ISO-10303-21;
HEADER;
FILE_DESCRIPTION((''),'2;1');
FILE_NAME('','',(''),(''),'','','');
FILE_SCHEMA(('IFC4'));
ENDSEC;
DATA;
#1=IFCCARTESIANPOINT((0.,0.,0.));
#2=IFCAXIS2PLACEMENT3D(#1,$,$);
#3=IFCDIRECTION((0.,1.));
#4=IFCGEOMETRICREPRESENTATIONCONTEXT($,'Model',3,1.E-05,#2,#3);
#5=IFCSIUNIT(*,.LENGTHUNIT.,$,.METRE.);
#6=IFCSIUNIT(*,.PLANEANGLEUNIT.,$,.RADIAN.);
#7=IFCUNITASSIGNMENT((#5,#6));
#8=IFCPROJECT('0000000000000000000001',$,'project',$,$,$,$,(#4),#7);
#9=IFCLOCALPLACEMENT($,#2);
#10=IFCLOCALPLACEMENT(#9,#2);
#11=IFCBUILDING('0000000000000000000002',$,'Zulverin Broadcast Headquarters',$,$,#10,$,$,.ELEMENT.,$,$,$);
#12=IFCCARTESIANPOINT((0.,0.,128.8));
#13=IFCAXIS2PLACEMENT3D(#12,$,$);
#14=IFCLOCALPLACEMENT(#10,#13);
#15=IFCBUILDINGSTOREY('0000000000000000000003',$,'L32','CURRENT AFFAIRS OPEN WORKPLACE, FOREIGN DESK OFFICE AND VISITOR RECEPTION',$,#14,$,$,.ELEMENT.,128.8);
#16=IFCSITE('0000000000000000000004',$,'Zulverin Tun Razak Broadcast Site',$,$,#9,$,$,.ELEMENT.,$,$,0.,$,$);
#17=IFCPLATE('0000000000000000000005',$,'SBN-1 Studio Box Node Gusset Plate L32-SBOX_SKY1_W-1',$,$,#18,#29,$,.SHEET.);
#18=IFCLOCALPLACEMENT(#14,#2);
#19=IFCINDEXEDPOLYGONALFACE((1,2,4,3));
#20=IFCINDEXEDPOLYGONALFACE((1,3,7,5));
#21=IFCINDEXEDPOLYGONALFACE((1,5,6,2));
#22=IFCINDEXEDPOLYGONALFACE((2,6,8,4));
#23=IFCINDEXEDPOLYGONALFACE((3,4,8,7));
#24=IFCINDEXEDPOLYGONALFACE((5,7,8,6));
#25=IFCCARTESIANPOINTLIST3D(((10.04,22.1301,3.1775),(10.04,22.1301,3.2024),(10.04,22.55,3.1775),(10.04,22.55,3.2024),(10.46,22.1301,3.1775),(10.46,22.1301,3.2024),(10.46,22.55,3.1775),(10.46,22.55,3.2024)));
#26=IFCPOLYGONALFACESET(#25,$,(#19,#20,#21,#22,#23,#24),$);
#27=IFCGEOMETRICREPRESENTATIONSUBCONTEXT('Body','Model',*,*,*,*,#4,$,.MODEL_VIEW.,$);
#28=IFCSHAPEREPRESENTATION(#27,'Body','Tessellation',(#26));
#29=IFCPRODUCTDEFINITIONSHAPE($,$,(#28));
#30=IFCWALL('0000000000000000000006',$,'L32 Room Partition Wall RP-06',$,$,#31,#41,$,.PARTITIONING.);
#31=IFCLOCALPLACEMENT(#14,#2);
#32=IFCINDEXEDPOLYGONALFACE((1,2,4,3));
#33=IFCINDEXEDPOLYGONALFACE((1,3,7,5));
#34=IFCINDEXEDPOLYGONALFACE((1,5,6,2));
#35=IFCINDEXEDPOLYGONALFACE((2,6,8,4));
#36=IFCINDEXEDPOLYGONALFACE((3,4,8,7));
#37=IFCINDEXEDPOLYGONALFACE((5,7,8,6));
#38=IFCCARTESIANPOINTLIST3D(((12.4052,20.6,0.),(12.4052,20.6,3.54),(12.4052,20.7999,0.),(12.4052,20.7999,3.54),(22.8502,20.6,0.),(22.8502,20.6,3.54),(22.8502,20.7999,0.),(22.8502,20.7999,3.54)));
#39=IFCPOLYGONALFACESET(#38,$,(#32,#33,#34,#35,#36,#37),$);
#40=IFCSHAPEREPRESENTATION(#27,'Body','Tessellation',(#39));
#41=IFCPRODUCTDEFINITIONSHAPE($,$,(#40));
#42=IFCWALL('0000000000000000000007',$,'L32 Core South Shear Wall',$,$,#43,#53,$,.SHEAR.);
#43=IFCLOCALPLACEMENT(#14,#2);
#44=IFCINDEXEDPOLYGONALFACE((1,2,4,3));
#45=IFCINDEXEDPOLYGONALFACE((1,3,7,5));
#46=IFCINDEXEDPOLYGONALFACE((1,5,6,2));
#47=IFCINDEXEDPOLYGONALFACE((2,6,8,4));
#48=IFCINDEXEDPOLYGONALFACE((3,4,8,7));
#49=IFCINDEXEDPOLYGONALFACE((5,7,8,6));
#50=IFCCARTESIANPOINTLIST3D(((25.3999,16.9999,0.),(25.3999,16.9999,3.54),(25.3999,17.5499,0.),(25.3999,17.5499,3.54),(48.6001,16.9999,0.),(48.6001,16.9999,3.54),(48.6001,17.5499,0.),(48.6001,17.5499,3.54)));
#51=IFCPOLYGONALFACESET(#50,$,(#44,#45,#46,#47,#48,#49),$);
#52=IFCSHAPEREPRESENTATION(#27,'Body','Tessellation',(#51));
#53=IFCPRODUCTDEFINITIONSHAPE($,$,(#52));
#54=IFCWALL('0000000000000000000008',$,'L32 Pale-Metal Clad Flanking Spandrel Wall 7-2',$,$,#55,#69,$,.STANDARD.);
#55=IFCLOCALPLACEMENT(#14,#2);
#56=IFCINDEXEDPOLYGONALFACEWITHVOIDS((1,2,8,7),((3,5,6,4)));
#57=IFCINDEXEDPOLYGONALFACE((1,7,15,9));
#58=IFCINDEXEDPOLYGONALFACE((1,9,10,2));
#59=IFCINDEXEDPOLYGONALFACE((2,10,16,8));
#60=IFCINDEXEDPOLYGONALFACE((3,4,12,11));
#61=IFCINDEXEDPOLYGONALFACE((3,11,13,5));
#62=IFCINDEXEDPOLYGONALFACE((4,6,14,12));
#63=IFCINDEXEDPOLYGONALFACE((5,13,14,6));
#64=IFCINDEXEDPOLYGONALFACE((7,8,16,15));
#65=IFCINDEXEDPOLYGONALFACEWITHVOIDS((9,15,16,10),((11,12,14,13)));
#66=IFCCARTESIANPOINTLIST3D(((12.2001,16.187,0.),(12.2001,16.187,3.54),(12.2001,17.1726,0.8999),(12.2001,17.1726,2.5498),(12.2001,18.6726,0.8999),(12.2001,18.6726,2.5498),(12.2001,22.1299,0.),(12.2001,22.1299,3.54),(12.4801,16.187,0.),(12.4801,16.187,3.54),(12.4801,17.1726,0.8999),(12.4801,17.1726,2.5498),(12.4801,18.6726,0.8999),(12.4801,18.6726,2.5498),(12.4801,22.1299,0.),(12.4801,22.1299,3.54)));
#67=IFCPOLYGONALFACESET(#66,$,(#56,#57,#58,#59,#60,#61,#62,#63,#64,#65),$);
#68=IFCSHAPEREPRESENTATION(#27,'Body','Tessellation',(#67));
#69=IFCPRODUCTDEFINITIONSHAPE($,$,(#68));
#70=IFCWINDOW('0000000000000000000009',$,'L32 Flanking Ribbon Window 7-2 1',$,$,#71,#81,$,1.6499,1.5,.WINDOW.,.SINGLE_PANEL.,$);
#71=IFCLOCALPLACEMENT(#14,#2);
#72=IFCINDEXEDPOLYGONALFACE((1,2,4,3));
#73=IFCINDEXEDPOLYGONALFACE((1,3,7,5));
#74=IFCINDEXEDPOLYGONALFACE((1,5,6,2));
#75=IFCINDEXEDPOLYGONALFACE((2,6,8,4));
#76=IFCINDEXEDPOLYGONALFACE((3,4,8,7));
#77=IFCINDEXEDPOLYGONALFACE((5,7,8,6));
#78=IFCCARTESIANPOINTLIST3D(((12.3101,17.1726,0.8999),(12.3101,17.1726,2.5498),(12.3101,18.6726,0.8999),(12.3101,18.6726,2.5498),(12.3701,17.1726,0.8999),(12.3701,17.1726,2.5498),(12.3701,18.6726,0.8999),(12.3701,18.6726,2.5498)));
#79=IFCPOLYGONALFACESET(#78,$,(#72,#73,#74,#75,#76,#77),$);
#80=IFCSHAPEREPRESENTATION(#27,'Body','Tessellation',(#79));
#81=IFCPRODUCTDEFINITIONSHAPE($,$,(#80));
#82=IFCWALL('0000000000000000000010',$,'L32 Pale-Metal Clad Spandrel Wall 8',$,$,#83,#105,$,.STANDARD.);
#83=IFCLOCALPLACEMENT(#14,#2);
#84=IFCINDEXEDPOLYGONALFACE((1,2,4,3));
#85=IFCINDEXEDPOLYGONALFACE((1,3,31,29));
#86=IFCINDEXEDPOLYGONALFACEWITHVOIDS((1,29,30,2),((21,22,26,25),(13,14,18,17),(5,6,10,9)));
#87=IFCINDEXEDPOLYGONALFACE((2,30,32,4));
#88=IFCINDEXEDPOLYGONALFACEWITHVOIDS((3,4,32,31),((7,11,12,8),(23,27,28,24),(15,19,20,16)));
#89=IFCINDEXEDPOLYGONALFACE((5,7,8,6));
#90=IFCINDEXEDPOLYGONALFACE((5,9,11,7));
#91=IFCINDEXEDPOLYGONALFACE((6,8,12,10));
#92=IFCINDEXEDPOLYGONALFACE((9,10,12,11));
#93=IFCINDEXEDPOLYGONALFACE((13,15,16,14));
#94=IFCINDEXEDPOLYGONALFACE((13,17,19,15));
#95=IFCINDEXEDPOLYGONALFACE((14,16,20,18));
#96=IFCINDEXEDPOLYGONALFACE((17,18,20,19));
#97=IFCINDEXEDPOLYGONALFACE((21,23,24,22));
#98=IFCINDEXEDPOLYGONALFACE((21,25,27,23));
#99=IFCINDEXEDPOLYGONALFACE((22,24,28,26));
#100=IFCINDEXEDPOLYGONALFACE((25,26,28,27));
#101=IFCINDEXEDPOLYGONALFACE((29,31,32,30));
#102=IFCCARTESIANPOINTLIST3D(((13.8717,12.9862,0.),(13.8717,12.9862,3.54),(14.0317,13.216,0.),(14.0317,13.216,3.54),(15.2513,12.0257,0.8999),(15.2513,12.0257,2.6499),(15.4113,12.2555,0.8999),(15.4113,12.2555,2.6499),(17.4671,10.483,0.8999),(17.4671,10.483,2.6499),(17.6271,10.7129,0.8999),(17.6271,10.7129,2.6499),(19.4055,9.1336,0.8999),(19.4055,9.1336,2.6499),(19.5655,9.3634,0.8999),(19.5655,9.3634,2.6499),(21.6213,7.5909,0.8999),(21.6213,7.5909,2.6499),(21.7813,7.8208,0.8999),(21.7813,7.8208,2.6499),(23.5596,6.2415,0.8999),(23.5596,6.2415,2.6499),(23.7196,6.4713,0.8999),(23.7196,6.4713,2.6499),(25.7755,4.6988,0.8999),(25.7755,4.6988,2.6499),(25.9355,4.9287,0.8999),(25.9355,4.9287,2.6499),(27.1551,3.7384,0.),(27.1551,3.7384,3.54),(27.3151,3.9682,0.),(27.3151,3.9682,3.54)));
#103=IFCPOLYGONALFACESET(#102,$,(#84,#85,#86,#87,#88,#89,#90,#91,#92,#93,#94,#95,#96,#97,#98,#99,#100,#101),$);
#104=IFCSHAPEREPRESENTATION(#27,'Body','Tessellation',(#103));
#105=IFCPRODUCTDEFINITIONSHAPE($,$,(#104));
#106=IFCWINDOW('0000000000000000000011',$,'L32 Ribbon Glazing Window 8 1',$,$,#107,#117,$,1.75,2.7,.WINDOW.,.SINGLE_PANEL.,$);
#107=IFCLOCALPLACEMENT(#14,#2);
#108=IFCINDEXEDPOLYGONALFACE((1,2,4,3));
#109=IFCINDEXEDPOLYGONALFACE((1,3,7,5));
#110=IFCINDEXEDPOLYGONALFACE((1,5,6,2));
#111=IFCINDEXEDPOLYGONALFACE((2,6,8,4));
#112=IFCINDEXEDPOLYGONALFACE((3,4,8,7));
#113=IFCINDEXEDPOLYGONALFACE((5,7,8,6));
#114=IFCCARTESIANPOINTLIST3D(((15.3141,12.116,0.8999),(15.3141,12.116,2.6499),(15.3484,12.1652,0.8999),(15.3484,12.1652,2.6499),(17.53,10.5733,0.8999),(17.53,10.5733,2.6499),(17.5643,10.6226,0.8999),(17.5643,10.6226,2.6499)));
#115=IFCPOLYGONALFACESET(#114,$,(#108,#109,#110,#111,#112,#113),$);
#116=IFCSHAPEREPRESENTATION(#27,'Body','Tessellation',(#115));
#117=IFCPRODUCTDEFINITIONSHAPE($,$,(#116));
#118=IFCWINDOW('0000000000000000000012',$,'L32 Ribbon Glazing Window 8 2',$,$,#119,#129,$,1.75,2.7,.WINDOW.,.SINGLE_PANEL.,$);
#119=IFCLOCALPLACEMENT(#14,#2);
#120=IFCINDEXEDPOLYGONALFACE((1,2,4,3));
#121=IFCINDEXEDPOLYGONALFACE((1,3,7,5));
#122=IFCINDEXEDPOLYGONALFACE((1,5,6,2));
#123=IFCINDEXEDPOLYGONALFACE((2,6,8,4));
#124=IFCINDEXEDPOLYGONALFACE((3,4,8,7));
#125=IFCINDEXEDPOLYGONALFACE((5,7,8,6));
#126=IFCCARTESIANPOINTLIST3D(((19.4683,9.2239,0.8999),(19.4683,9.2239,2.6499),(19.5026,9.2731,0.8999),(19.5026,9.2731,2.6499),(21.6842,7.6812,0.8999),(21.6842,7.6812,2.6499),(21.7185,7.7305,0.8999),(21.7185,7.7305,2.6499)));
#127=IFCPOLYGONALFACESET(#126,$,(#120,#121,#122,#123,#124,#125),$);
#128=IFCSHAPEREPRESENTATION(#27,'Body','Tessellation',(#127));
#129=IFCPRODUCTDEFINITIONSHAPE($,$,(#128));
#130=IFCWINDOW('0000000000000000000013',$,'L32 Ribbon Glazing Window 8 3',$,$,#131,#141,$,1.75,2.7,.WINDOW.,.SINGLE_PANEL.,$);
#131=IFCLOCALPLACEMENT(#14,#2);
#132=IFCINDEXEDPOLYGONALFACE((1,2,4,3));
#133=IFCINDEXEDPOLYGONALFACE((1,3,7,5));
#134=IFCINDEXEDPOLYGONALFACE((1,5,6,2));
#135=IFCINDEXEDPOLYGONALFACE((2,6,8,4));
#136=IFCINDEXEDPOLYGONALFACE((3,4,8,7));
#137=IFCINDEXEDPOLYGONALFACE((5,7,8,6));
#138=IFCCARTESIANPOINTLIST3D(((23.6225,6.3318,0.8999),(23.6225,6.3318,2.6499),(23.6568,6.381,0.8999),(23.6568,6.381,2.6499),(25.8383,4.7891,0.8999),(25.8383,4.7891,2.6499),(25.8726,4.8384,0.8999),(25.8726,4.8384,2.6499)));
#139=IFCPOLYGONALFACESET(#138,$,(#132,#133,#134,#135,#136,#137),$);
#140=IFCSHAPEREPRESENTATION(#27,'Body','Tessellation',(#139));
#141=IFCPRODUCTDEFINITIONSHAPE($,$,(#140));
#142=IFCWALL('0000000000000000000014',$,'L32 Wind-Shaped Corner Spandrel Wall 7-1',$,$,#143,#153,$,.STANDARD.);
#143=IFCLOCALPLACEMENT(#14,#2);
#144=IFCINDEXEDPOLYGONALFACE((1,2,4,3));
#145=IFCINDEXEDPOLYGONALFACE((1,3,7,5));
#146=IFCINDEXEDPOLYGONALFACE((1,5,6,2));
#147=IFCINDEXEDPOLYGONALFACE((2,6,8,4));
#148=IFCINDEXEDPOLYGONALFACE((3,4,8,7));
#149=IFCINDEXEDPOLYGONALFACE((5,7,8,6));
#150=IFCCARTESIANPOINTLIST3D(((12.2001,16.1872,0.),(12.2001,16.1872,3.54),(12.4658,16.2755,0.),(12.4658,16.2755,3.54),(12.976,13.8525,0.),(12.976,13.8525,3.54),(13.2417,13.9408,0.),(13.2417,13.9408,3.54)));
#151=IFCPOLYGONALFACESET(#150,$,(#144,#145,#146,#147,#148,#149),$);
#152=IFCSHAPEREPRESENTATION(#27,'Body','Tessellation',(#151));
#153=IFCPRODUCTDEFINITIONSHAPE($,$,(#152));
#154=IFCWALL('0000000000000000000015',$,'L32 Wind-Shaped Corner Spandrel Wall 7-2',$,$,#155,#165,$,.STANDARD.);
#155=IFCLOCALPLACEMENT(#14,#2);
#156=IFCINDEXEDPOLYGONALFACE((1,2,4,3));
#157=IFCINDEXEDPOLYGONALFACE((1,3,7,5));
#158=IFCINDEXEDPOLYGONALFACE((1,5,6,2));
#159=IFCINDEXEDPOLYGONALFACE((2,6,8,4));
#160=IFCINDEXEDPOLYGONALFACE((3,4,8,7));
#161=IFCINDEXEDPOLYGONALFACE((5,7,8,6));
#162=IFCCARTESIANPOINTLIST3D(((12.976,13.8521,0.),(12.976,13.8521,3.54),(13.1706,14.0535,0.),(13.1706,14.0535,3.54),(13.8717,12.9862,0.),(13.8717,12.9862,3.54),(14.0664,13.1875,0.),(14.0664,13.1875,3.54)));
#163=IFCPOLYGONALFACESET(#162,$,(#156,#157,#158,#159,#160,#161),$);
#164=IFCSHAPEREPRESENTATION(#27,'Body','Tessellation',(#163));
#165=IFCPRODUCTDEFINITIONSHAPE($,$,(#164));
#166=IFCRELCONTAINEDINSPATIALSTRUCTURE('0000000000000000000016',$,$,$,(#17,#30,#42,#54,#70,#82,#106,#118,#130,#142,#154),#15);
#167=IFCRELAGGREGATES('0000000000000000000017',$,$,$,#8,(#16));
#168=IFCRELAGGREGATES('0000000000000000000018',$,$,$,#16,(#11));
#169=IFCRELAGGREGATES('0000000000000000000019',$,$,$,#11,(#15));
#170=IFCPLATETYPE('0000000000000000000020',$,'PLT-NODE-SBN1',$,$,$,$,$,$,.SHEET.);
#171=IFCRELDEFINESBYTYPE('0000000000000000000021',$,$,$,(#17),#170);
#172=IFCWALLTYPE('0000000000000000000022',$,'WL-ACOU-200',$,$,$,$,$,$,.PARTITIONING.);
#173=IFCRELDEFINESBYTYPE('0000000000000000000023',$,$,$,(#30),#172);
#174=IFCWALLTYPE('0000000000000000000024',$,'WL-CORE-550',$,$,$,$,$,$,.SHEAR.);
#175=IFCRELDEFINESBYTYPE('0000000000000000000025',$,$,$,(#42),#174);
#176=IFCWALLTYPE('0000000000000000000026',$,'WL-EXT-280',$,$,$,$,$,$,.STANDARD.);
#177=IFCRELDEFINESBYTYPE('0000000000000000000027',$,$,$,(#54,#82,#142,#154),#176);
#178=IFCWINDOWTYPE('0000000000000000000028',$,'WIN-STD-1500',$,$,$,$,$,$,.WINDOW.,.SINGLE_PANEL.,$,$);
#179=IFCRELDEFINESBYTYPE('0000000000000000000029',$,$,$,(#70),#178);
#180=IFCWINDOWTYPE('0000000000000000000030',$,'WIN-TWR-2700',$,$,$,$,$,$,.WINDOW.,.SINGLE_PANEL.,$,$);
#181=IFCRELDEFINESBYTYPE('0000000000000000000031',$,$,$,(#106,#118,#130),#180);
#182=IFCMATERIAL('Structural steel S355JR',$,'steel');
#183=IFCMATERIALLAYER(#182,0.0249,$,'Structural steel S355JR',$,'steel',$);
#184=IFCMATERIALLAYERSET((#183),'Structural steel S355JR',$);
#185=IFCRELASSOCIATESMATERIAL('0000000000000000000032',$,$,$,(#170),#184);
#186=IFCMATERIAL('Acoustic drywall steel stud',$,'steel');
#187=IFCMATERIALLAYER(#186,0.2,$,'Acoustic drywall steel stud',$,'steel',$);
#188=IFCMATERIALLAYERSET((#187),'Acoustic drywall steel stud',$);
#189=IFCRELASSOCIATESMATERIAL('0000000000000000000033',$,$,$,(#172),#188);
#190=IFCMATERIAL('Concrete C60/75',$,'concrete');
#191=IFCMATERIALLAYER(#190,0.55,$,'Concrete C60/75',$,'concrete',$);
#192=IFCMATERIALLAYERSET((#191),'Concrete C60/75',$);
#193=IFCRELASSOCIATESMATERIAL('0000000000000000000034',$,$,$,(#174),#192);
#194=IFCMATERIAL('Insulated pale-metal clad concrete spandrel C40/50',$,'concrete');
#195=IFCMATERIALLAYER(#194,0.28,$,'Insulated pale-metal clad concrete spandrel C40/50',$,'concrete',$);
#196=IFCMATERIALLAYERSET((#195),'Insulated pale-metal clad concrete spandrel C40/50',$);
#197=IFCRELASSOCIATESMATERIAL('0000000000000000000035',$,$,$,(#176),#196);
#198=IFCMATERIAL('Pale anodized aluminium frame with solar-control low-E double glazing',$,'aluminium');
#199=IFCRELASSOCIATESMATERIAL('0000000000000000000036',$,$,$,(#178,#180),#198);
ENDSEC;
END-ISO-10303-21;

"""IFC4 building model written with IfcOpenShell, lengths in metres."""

from ifc_helpers import new_model, si_unit, direction, frame, frame_2d, origin, origin_2d, place, context, subcontext, project, spatial, rectangle, extrude, material, layer, layer_set, type_object, element, fill, save


model = new_model("IFC4")

# Units and contexts
model_context = context("Model", 3, precision=1e-05, world=origin(), true_north=direction((0.0, 1.0)))
body_context = subcontext(model_context, "Body", "Model", "MODEL_VIEW")
ifc_project = project(units=[si_unit("LENGTHUNIT", "METRE"), si_unit("PLANEANGLEUNIT", "RADIAN")], contexts=[model_context])

# Site, building, storey
site_placement = place(None, origin())
site = spatial("IfcSite", under=ifc_project, at=site_placement, Name="Zulverin Tun Razak Broadcast Site", CompositionType="ELEMENT", RefElevation=0.0)
building_placement = place(site_placement, origin())
building = spatial("IfcBuilding", under=site, at=building_placement, Name="Zulverin Broadcast Headquarters", CompositionType="ELEMENT")
storey_placement = place(building_placement, frame((0.0, 0.0, 128.8)))
storey = spatial("IfcBuildingStorey", under=building, at=storey_placement, Name="L32", Description="CURRENT AFFAIRS OPEN WORKPLACE, FOREIGN DESK OFFICE AND VISITOR RECEPTION", CompositionType="ELEMENT", Elevation=128.8)

# Shared definitions
ifc_material_1 = material(Name="Concrete C60/75", Category="concrete")

# Shared definitions
ifc_material_2 = material(Name="Structural steel S355JR", Category="steel")

# Plate
ifc_layer_1 = layer(ifc_material_2, 0.0249, Name="Structural steel S355JR", Category="steel")
ifc_layer_set_1 = layer_set([ifc_layer_1], Name="Structural steel S355JR")
plate_type = type_object("IfcPlateType", Name="PLT-NODE-SBN1", PredefinedType="SHEET", material=ifc_layer_set_1)
plate_placement = place(storey_placement, frame((10.25, 22.3401, 3.1775), z_axis=(0.0, 0.0, 1.0), x_axis=(1.0, 0.0, 0.0)))
element("IfcPlate", 1, at=plate_placement, inside=storey, type_object=plate_type, Name="SBN-1 Studio Box Node Gusset Plate L32-SBOX_SKY1_W-1", PredefinedType="SHEET", context=body_context, shape_type="SweptSolid", body=[
    extrude(rectangle(XDim=0.4199, YDim=0.4199, at=origin_2d()), origin(), (0.0, 0.0, 1.0), 0.0249),
])

# Walls
ifc_material_3 = material(Name="Acoustic drywall steel stud", Category="steel")
ifc_layer_2 = layer(ifc_material_3, 0.2, Name="Acoustic drywall steel stud", Category="steel")
ifc_layer_set_2 = layer_set([ifc_layer_2], Name="Acoustic drywall steel stud")
wall_type_1 = type_object("IfcWallType", Name="WL-ACOU-200", PredefinedType="PARTITIONING", material=ifc_layer_set_2)
wall_1_placement = place(storey_placement, frame((12.405, 20.7, 0.0), z_axis=(0.0, 0.0, 1.0), x_axis=(1.0, 0.0, 0.0)))
element("IfcWall", 2, at=wall_1_placement, inside=storey, type_object=wall_type_1, Name="L32 Room Partition Wall RP-06", PredefinedType="PARTITIONING", context=body_context, shape_type="SweptSolid", body=[
    extrude(rectangle(XDim=10.4451, YDim=0.2, at=frame_2d((5.2227, 0.0))), origin(), (0.0, 0.0, 1.0), 3.54),
])
ifc_layer_3 = layer(ifc_material_1, 0.55, Name="Concrete C60/75", Category="concrete")
ifc_layer_set_3 = layer_set([ifc_layer_3], Name="Concrete C60/75")
wall_type_2 = type_object("IfcWallType", Name="WL-CORE-550", PredefinedType="SHEAR", material=ifc_layer_set_3)
wall_2_placement = place(storey_placement, frame((25.3999, 17.2749, 0.0), z_axis=(0.0, 0.0, 1.0), x_axis=(1.0, 0.0, 0.0)))
element("IfcWall", 3, at=wall_2_placement, inside=storey, type_object=wall_type_2, Name="L32 Core South Shear Wall", PredefinedType="SHEAR", context=body_context, shape_type="SweptSolid", body=[
    extrude(rectangle(XDim=23.2002, YDim=0.55, at=frame_2d((11.6001, 0.0))), origin(), (0.0, 0.0, 1.0), 3.54),
])

# Wall, opening, window
ifc_material_4 = material(Name="Insulated pale-metal clad concrete spandrel C40/50", Category="concrete")
ifc_layer_4 = layer(ifc_material_4, 0.28, Name="Insulated pale-metal clad concrete spandrel C40/50", Category="concrete")
ifc_layer_set_4 = layer_set([ifc_layer_4], Name="Insulated pale-metal clad concrete spandrel C40/50")
wall_type_3 = type_object("IfcWallType", Name="WL-EXT-280", PredefinedType="STANDARD", material=ifc_layer_set_4)
wall_3_placement = place(storey_placement, frame((12.3401, 22.1299, 0.0), z_axis=(0.0, 0.0, 1.0), x_axis=(0.0, -1.0, 0.0)))
wall_3 = element("IfcWall", 4, at=wall_3_placement, inside=storey, type_object=wall_type_3, Name="L32 Pale-Metal Clad Flanking Spandrel Wall 7-2", PredefinedType="STANDARD", context=body_context, shape_type="SweptSolid", body=[
    extrude(rectangle(XDim=5.9429, YDim=0.28, at=frame_2d((2.9714, 0.0))), origin(), (0.0, 0.0, 1.0), 3.54),
])
opening_1_placement = place(wall_3_placement, frame((3.4573, 0.0, 0.8999)))
opening_1 = element("IfcOpeningElement", 5, at=opening_1_placement, cuts=wall_3, PredefinedType="OPENING", context=body_context, shape_type="SweptSolid", body=[
    extrude(rectangle(XDim=1.5, YDim=1.6499, at=frame_2d((0.75, 0.825))), frame((0.0, 0.1499, 0.0), z_axis=(0.0, -1.0, 0.0), x_axis=(1.0, 0.0, 0.0)), (0.0, 0.0, 1.0), 0.3),
])
ifc_material_5 = material(Name="Pale anodized aluminium frame with solar-control low-E double glazing", Category="aluminium")
window_type_1 = type_object("IfcWindowType", Name="WIN-STD-1500", PartitioningType="SINGLE_PANEL", PredefinedType="WINDOW", material=ifc_material_5)
window_1_placement = place(opening_1_placement, origin())
window_1 = element("IfcWindow", 6, at=window_1_placement, inside=storey, type_object=window_type_1, Name="L32 Flanking Ribbon Window 7-2 1", OverallHeight=1.6499, OverallWidth=1.5, PartitioningType="SINGLE_PANEL", PredefinedType="WINDOW", context=body_context, shape_type="SweptSolid", body=[
    extrude(rectangle(XDim=1.5, YDim=1.6499, at=frame_2d((0.75, 0.825))), frame((0.0, 0.03, 0.0), z_axis=(0.0, -1.0, 0.0), x_axis=(1.0, 0.0, 0.0)), (0.0, 0.0, 1.0), 0.0601),
])
fill(opening_1, window_1)

# Wall, openings, windows
wall_4_placement = place(storey_placement, frame((13.9517, 13.1011, 0.0), z_axis=(0.0, 0.0, 1.0), x_axis=(0.820698, -0.571362, 0.0)))
wall_4 = element("IfcWall", 7, at=wall_4_placement, inside=storey, type_object=wall_type_3, Name="L32 Pale-Metal Clad Spandrel Wall 8", PredefinedType="STANDARD", context=body_context, shape_type="SweptSolid", body=[
    extrude(rectangle(XDim=16.1855, YDim=0.28, at=frame_2d((8.0928, 0.0))), origin(), (0.0, 0.0, 1.0), 3.54),
])
opening_2_placement = place(wall_4_placement, frame((1.6809, 0.0, 0.8999)))
opening_2 = element("IfcOpeningElement", 8, at=opening_2_placement, cuts=wall_4, PredefinedType="OPENING", context=body_context, shape_type="SweptSolid", body=[
    extrude(rectangle(XDim=2.7, YDim=1.75, at=frame_2d((1.3501, 0.875))), frame((0.0, 0.1499, 0.0), z_axis=(0.0, -1.0, 0.0), x_axis=(1.0, 0.0, 0.0)), (0.0, 0.0, 1.0), 0.3),
])
opening_3_placement = place(wall_4_placement, frame((6.7427, 0.0, 0.8999)))
opening_3 = element("IfcOpeningElement", 9, at=opening_3_placement, cuts=wall_4, PredefinedType="OPENING", context=body_context, shape_type="SweptSolid", body=[
    extrude(rectangle(XDim=2.7, YDim=1.75, at=frame_2d((1.3501, 0.875))), frame((0.0, 0.1499, 0.0), z_axis=(0.0, -1.0, 0.0), x_axis=(1.0, 0.0, 0.0)), (0.0, 0.0, 1.0), 0.3),
])
opening_4_placement = place(wall_4_placement, frame((11.8044, 0.0, 0.8999)))
opening_4 = element("IfcOpeningElement", 10, at=opening_4_placement, cuts=wall_4, PredefinedType="OPENING", context=body_context, shape_type="SweptSolid", body=[
    extrude(rectangle(XDim=2.7, YDim=1.75, at=frame_2d((1.3501, 0.875))), frame((0.0, 0.1499, 0.0), z_axis=(0.0, -1.0, 0.0), x_axis=(1.0, 0.0, 0.0)), (0.0, 0.0, 1.0), 0.3),
])
window_type_2 = type_object("IfcWindowType", Name="WIN-TWR-2700", PartitioningType="SINGLE_PANEL", PredefinedType="WINDOW", material=ifc_material_5)
window_2_placement = place(opening_2_placement, origin())
window_2 = element("IfcWindow", 11, at=window_2_placement, inside=storey, type_object=window_type_2, Name="L32 Ribbon Glazing Window 8 1", OverallHeight=1.75, OverallWidth=2.7, PartitioningType="SINGLE_PANEL", PredefinedType="WINDOW", context=body_context, shape_type="SweptSolid", body=[
    extrude(rectangle(XDim=2.7, YDim=1.75, at=frame_2d((1.3501, 0.875))), frame((0.0, 0.03, 0.0), z_axis=(0.0, -1.0, 0.0), x_axis=(1.0, 0.0, 0.0)), (0.0, 0.0, 1.0), 0.0601),
])
fill(opening_2, window_2)
window_3_placement = place(opening_3_placement, origin())
window_3 = element("IfcWindow", 12, at=window_3_placement, inside=storey, type_object=window_type_2, Name="L32 Ribbon Glazing Window 8 2", OverallHeight=1.75, OverallWidth=2.7, PartitioningType="SINGLE_PANEL", PredefinedType="WINDOW", context=body_context, shape_type="SweptSolid", body=[
    extrude(rectangle(XDim=2.7, YDim=1.75, at=frame_2d((1.3501, 0.875))), frame((0.0, 0.03, 0.0), z_axis=(0.0, -1.0, 0.0), x_axis=(1.0, 0.0, 0.0)), (0.0, 0.0, 1.0), 0.0601),
])
fill(opening_3, window_3)
window_4_placement = place(opening_4_placement, origin())
window_4 = element("IfcWindow", 13, at=window_4_placement, inside=storey, type_object=window_type_2, Name="L32 Ribbon Glazing Window 8 3", OverallHeight=1.75, OverallWidth=2.7, PartitioningType="SINGLE_PANEL", PredefinedType="WINDOW", context=body_context, shape_type="SweptSolid", body=[
    extrude(rectangle(XDim=2.7, YDim=1.75, at=frame_2d((1.3501, 0.875))), frame((0.0, 0.03, 0.0), z_axis=(0.0, -1.0, 0.0), x_axis=(1.0, 0.0, 0.0)), (0.0, 0.0, 1.0), 0.0601),
])
fill(opening_4, window_4)

# Walls
wall_5_placement = place(storey_placement, frame((12.333, 16.2312, 0.0), z_axis=(0.0, 0.0, 1.0), x_axis=(0.315364, -0.948971, 0.0)))
element("IfcWall", 14, at=wall_5_placement, inside=storey, type_object=wall_type_3, Name="L32 Wind-Shaped Corner Spandrel Wall 7-1", PredefinedType="STANDARD", context=body_context, shape_type="SweptSolid", body=[
    extrude(rectangle(XDim=2.4602, YDim=0.28, at=frame_2d((1.23, 0.0))), origin(), (0.0, 0.0, 1.0), 3.54),
])
wall_6_placement = place(storey_placement, frame((13.0732, 13.9529, 0.0), z_axis=(0.0, 0.0, 1.0), x_axis=(0.718959, -0.695052, 0.0)))
element("IfcWall", 15, at=wall_6_placement, inside=storey, type_object=wall_type_3, Name="L32 Wind-Shaped Corner Spandrel Wall 7-2", PredefinedType="STANDARD", context=body_context, shape_type="SweptSolid", body=[
    extrude(rectangle(XDim=1.2458, YDim=0.28, at=frame_2d((0.623, 0.0))), origin(), (0.0, 0.0, 1.0), 3.54),
])

save(model, "model.ifc")
